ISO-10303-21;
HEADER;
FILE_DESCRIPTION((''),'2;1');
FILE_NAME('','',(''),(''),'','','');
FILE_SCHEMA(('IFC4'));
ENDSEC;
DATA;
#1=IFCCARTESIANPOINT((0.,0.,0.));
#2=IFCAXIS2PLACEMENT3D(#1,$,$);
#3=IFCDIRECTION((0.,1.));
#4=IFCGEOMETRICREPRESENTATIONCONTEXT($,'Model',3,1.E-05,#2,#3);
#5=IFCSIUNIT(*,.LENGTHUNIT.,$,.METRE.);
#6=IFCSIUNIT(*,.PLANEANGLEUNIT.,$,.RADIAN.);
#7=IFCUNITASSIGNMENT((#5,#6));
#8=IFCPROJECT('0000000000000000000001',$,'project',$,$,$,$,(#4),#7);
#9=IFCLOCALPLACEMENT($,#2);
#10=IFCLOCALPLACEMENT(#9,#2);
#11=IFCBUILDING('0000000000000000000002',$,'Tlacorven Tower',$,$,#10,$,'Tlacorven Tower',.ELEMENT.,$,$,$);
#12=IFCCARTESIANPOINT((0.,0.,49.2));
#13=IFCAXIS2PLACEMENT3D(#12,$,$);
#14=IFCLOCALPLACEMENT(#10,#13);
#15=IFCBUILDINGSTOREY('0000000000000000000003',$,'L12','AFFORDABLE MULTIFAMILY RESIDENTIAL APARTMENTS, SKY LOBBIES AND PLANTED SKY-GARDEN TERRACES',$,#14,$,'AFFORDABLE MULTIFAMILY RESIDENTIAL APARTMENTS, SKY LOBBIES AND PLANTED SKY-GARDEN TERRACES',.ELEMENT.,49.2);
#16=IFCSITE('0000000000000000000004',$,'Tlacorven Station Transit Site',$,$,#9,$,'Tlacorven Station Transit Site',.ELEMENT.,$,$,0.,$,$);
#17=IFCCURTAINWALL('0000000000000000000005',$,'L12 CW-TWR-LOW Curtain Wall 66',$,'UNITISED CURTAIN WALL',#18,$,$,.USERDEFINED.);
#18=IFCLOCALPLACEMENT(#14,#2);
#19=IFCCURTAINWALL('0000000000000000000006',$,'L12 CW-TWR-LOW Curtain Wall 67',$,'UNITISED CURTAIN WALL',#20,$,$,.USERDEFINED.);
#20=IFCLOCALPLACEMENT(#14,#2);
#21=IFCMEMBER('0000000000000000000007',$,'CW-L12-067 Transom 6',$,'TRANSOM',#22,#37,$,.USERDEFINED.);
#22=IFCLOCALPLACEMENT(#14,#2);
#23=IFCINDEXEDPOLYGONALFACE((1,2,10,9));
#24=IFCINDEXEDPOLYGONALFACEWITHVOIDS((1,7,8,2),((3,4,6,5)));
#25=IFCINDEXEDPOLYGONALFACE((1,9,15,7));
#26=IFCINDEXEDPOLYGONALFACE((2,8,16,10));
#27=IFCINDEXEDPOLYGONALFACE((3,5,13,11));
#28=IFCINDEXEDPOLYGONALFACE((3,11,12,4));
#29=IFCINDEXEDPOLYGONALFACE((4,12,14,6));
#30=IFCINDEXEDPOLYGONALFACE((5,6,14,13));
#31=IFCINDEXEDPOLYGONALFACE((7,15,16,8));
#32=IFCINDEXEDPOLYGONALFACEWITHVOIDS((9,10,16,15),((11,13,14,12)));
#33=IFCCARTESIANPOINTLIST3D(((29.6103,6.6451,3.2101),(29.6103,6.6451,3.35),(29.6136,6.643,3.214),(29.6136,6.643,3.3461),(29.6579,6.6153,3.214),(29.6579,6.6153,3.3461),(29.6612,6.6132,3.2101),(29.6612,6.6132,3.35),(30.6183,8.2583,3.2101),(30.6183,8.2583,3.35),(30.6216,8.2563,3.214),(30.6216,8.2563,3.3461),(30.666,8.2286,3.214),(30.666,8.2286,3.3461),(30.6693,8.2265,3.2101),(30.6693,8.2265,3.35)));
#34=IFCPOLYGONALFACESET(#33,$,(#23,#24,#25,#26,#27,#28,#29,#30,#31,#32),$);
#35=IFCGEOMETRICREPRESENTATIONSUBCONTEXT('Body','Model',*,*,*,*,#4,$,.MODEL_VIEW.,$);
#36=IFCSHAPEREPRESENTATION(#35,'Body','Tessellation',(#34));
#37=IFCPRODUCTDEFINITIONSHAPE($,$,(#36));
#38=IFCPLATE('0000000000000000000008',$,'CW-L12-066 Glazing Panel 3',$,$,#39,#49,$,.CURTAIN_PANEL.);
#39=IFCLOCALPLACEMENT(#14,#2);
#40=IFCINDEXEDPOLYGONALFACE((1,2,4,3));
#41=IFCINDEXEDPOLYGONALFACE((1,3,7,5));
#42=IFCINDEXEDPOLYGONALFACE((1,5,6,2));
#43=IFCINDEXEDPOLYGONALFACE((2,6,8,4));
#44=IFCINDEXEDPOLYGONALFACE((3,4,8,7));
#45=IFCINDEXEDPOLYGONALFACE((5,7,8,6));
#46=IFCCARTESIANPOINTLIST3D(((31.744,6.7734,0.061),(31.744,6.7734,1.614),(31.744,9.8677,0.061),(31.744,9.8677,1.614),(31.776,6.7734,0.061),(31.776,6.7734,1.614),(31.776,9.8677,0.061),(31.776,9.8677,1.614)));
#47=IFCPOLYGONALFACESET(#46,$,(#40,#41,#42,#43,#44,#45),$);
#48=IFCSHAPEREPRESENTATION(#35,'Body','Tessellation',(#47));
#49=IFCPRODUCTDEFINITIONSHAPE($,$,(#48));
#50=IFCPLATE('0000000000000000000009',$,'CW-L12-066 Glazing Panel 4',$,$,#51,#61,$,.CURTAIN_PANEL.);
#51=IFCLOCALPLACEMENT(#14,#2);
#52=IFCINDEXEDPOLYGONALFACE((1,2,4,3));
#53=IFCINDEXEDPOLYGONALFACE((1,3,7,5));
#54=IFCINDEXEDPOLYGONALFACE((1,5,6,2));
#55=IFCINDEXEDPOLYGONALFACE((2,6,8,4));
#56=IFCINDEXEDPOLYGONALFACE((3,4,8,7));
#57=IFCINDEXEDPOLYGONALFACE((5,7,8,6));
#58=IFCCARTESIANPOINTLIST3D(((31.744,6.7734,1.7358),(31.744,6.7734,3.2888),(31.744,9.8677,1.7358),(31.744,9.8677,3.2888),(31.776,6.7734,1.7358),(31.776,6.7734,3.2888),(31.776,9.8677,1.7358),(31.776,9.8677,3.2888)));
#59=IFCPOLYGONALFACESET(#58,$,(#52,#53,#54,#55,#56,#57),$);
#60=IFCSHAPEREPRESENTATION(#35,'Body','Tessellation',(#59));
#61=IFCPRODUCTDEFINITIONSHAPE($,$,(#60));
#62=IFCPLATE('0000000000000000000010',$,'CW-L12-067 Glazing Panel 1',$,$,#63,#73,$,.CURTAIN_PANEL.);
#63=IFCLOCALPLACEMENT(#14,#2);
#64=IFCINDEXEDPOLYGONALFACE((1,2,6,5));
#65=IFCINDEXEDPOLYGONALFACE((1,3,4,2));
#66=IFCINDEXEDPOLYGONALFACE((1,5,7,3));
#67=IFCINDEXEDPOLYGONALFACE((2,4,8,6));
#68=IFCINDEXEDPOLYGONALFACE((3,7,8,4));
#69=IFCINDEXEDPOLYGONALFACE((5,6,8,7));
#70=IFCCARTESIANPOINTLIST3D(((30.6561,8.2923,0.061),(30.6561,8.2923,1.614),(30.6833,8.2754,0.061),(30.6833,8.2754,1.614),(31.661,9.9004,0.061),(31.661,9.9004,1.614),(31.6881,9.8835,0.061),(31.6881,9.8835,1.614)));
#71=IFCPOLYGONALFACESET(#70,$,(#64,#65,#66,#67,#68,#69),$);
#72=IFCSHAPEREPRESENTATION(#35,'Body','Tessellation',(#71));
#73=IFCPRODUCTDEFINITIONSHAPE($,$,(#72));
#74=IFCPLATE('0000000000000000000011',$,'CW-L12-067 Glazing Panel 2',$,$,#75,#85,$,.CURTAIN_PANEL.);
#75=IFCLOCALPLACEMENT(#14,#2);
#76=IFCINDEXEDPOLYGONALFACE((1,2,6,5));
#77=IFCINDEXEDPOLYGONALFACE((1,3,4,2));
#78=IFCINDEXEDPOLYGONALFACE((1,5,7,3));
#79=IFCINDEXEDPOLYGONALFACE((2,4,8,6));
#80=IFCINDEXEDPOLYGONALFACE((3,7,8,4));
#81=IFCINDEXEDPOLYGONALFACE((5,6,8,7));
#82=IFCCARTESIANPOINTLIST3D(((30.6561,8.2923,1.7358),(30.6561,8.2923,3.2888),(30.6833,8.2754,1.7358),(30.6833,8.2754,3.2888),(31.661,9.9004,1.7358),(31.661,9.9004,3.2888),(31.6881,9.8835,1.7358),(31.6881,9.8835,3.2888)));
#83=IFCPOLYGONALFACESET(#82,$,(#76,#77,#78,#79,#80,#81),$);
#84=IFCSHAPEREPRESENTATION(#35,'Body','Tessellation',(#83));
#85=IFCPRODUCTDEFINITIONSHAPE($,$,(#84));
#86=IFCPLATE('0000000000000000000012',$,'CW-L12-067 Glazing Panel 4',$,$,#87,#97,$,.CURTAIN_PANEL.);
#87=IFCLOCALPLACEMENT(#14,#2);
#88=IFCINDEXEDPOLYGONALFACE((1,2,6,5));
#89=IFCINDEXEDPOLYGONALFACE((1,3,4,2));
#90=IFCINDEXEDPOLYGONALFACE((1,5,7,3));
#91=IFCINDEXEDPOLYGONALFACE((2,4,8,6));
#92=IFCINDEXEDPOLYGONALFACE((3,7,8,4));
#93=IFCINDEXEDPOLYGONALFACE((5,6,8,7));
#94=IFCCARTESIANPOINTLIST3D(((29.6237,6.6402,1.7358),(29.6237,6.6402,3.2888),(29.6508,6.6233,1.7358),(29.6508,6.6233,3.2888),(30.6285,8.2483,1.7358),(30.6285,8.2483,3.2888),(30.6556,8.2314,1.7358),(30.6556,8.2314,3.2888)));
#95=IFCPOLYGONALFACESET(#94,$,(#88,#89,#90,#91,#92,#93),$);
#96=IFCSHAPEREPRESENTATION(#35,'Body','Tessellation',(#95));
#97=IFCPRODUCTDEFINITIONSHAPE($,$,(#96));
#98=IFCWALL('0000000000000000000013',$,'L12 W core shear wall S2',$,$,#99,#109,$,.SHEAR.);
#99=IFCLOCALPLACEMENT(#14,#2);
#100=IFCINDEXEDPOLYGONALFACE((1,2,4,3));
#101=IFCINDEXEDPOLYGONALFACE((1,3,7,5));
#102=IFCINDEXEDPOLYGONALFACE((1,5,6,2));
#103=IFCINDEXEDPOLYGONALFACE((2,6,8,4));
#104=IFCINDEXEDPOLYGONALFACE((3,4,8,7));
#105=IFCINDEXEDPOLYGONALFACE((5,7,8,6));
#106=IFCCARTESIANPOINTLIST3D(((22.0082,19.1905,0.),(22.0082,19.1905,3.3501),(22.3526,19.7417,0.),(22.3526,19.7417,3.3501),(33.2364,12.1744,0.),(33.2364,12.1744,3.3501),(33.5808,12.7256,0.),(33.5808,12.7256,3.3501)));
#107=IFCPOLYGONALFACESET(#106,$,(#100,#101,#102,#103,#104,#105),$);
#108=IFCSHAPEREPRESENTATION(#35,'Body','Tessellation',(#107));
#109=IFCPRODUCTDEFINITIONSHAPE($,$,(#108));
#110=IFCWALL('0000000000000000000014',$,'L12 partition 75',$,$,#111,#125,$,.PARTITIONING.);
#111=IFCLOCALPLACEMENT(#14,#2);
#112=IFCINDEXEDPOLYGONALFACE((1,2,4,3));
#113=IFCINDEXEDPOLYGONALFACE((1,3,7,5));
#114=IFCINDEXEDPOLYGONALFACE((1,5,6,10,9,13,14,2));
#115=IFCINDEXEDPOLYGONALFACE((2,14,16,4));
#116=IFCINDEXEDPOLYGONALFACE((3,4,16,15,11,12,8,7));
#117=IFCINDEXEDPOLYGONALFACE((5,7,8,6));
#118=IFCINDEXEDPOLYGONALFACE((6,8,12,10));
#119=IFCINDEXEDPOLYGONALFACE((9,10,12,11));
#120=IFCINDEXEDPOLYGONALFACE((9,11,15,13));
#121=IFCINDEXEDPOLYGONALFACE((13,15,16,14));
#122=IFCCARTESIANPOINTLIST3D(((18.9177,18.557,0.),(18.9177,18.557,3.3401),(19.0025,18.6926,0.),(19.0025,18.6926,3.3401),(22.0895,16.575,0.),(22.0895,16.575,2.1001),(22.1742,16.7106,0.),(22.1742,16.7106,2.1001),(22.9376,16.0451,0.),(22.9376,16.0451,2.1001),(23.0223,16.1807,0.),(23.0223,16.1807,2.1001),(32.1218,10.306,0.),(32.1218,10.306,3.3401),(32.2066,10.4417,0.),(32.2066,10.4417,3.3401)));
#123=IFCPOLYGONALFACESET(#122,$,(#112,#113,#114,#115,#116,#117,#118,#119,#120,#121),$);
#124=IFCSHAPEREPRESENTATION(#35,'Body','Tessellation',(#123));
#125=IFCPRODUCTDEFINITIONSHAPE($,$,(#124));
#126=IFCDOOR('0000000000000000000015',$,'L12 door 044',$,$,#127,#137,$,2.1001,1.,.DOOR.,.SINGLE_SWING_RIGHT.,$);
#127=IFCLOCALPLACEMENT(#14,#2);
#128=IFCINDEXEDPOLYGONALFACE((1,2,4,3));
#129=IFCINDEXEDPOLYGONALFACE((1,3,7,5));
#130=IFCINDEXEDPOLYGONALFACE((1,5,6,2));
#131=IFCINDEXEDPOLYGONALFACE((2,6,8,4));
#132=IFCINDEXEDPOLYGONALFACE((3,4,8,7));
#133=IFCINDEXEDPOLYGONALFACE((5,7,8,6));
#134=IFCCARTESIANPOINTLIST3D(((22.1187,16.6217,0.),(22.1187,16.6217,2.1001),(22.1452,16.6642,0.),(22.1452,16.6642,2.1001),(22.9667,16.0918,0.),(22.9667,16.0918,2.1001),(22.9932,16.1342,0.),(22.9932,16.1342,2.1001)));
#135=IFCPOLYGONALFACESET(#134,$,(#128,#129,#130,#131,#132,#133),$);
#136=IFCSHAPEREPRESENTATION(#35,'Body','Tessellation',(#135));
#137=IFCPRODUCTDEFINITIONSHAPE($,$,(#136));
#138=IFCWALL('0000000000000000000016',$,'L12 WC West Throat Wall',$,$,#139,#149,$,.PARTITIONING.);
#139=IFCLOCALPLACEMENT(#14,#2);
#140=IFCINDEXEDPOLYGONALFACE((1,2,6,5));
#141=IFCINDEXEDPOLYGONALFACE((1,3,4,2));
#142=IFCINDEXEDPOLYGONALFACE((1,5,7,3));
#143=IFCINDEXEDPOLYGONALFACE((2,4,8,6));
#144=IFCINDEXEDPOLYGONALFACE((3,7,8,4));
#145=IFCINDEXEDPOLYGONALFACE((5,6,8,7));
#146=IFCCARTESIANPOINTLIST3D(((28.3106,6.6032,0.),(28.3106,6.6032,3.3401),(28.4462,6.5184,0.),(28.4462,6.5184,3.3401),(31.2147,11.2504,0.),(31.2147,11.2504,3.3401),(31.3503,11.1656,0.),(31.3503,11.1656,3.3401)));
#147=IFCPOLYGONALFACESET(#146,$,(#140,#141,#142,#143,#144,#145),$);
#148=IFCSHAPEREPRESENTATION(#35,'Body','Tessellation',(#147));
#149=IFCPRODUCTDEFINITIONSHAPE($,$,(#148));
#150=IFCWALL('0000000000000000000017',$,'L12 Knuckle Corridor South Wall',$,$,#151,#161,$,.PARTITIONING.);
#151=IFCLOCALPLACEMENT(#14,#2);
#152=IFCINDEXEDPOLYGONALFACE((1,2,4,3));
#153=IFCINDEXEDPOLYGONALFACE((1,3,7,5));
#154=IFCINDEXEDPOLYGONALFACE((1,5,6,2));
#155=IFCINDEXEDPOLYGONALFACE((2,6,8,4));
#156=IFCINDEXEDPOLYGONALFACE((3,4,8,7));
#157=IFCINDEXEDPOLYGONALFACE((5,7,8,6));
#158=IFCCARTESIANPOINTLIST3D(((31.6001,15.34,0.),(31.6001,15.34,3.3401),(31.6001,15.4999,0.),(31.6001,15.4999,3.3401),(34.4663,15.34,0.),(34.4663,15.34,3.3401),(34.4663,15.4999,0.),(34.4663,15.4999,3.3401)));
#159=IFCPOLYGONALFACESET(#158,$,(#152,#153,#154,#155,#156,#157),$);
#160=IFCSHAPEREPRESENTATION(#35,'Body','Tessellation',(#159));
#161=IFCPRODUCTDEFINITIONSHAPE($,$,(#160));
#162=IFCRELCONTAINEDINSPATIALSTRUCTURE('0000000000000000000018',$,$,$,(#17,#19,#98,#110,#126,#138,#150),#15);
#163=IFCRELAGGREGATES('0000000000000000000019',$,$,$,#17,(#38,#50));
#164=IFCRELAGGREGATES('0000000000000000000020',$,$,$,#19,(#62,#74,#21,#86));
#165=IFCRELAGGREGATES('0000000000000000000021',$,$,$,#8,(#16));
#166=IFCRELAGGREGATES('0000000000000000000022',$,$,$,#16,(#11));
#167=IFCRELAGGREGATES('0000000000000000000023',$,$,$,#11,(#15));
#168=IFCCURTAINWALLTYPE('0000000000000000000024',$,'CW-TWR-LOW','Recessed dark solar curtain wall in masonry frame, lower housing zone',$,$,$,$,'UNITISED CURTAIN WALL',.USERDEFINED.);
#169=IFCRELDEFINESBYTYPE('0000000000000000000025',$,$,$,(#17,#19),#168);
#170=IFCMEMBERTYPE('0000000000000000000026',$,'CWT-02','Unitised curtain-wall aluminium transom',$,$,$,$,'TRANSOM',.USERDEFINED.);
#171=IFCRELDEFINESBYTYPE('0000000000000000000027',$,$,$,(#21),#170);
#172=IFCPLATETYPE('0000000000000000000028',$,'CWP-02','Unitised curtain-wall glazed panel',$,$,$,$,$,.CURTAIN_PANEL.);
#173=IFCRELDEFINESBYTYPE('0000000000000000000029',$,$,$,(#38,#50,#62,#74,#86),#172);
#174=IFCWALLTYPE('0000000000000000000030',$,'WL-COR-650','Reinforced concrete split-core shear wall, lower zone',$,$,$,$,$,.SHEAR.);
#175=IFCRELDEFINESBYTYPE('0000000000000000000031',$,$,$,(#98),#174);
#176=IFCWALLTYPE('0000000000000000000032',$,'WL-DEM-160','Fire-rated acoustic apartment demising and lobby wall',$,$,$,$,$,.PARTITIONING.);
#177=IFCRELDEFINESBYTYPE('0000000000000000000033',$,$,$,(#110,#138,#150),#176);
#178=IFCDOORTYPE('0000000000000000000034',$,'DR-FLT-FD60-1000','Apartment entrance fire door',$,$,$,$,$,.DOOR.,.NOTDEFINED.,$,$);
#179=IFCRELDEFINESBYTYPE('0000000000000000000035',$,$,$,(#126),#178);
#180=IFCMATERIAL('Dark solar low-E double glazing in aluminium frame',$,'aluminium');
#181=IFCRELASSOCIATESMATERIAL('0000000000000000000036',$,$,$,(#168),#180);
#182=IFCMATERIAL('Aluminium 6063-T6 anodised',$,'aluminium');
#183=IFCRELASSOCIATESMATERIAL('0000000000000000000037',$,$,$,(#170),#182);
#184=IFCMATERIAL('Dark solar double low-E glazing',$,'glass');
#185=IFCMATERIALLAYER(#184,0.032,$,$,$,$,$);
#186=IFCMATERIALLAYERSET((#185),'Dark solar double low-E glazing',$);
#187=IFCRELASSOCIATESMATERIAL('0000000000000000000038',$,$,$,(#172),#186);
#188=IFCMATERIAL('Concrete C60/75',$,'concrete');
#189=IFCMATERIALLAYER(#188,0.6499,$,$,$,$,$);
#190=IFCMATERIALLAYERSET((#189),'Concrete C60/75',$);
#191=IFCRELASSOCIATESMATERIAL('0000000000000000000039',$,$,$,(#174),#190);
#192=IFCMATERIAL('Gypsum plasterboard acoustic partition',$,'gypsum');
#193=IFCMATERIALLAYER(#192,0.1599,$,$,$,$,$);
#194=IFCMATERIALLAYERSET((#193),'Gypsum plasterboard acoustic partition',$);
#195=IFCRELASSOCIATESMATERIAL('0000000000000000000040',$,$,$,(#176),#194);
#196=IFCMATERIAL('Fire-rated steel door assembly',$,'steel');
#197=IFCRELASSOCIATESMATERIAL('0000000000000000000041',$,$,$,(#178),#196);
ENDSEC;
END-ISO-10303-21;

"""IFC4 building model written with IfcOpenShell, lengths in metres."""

from ifc_helpers import new_model, si_unit, direction, frame, frame_2d, origin, origin_2d, place, context, subcontext, project, spatial, rectangle, hollow_rectangle, extrude, source, transform, mapped, material, layer, layer_set, material_profile, profile_set, type_object, element, fill, aggregate, save


model = new_model("IFC4")

# Units and contexts
model_context = context("Model", 3, precision=1e-05, world=origin(), true_north=direction((0.0, 1.0)))
body_context = subcontext(model_context, "Body", "Model", "MODEL_VIEW")
ifc_project = project(units=[si_unit("LENGTHUNIT", "METRE"), si_unit("PLANEANGLEUNIT", "RADIAN")], contexts=[model_context])

# Site, building, storey
site_placement = place(None, origin())
site = spatial("IfcSite", under=ifc_project, at=site_placement, Name="Tlacorven Station Transit Site", LongName="Tlacorven Station Transit Site", CompositionType="ELEMENT", RefElevation=0.0)
building_placement = place(site_placement, origin())
building = spatial("IfcBuilding", under=site, at=building_placement, Name="Tlacorven Tower", LongName="Tlacorven Tower", CompositionType="ELEMENT")
storey_placement = place(building_placement, frame((0.0, 0.0, 49.2)))
storey = spatial("IfcBuildingStorey", under=building, at=storey_placement, Name="L12", Description="AFFORDABLE MULTIFAMILY RESIDENTIAL APARTMENTS, SKY LOBBIES AND PLANTED SKY-GARDEN TERRACES", LongName="AFFORDABLE MULTIFAMILY RESIDENTIAL APARTMENTS, SKY LOBBIES AND PLANTED SKY-GARDEN TERRACES", CompositionType="ELEMENT", Elevation=49.2)

# Curtain wall
ifc_material_1 = material(Name="Dark solar low-E double glazing in aluminium frame", Category="aluminium")
curtain_wall_type = type_object("IfcCurtainWallType", Name="CW-TWR-LOW", Description="Recessed dark solar curtain wall in masonry frame, lower housing zone", ElementType="UNITISED CURTAIN WALL", PredefinedType="USERDEFINED", material=ifc_material_1)
curtain_wall_1_placement = place(storey_placement, origin())
curtain_wall_1 = element("IfcCurtainWall", 1, at=curtain_wall_1_placement, inside=storey, type_object=curtain_wall_type, Name="L12 CW-TWR-LOW Curtain Wall 66", ObjectType="UNITISED CURTAIN WALL", PredefinedType="USERDEFINED")
ifc_material_2 = material(Name="Aluminium 6063-T6 anodised", Category="aluminium")

# Curtain wall, member
curtain_wall_2_placement = place(storey_placement, origin())
curtain_wall_2 = element("IfcCurtainWall", 2, at=curtain_wall_2_placement, inside=storey, type_object=curtain_wall_type, Name="L12 CW-TWR-LOW Curtain Wall 67", ObjectType="UNITISED CURTAIN WALL", PredefinedType="USERDEFINED")
ifc_material_profile_1 = material_profile(ifc_material_2, hollow_rectangle(XDim=0.0601, YDim=0.1399, WallThickness=0.0039, at=origin_2d()), Name="ALU TRANSOM 60X140")
ifc_profile_set_1 = profile_set([ifc_material_profile_1], Name="Aluminium 6063-T6 anodised")
member_type_1 = type_object("IfcMemberType", Name="CWT-02", Description="Unitised curtain-wall aluminium transom", ElementType="TRANSOM", PredefinedType="USERDEFINED", material=ifc_profile_set_1)
shared_shape_1 = source(origin(), body_context, "Body", "SweptSolid", [
    extrude(hollow_rectangle(XDim=0.0601, YDim=0.1399, WallThickness=0.0039, at=origin_2d()), origin(), (0.0, 0.0, 1.0), 1.9023),
])
member_1_placement = place(storey_placement, frame((30.6438, 8.2424, 3.28), z_axis=(-0.529907, -0.848056, 0.0), x_axis=(0.848056, -0.529907, 0.0)))
member_1 = element("IfcMember", 3, at=member_1_placement, type_object=member_type_1, Name="CW-L12-067 Transom 6", ObjectType="TRANSOM", PredefinedType="USERDEFINED", context=body_context, shape_type="MappedRepresentation", body=[
    mapped(shared_shape_1, transform((0.0, 0.0, 0.0), scale=1.0)),
])

# Plates
ifc_material_3 = material(Name="Dark solar double low-E glazing", Category="glass")
ifc_layer_1 = layer(ifc_material_3, 0.032)
ifc_layer_set_1 = layer_set([ifc_layer_1], Name="Dark solar double low-E glazing")
plate_type = type_object("IfcPlateType", Name="CWP-02", Description="Unitised curtain-wall glazed panel", PredefinedType="CURTAIN_PANEL", material=ifc_layer_set_1)
shared_shape_2 = source(origin(), body_context, "Body", "SweptSolid", [
    extrude(rectangle(XDim=3.0942, YDim=0.032, at=origin_2d()), origin(), (0.0, 0.0, 1.0), 1.553),
])
plate_1_placement = place(storey_placement, frame((31.76, 8.3206, 0.061), z_axis=(0.0, 0.0, 1.0), x_axis=(0.0, 1.0, 0.0)))
plate_1 = element("IfcPlate", 4, at=plate_1_placement, type_object=plate_type, Name="CW-L12-066 Glazing Panel 3", PredefinedType="CURTAIN_PANEL", context=body_context, shape_type="MappedRepresentation", body=[
    mapped(shared_shape_2, transform((0.0, 0.0, 0.0), scale=1.0)),
])
plate_2_placement = place(storey_placement, frame((31.76, 8.3206, 1.7358), z_axis=(0.0, 0.0, 1.0), x_axis=(0.0, 1.0, 0.0)))
plate_2 = element("IfcPlate", 5, at=plate_2_placement, type_object=plate_type, Name="CW-L12-066 Glazing Panel 4", PredefinedType="CURTAIN_PANEL", context=body_context, shape_type="MappedRepresentation", body=[
    mapped(shared_shape_2, transform((0.0, 0.0, 0.0), scale=1.0)),
])
aggregate(curtain_wall_1, [plate_1, plate_2])
shared_shape_3 = source(origin(), body_context, "Body", "SweptSolid", [
    extrude(rectangle(XDim=1.8962, YDim=0.032, at=origin_2d()), origin(), (0.0, 0.0, 1.0), 1.553),
])
plate_3_placement = place(storey_placement, frame((31.1721, 9.0879, 0.061), z_axis=(0.0, 0.0, 1.0), x_axis=(-0.529919, -0.848048, 0.0)))
plate_3 = element("IfcPlate", 6, at=plate_3_placement, type_object=plate_type, Name="CW-L12-067 Glazing Panel 1", PredefinedType="CURTAIN_PANEL", context=body_context, shape_type="MappedRepresentation", body=[
    mapped(shared_shape_3, transform((0.0, 0.0, 0.0), scale=1.0)),
])
plate_4_placement = place(storey_placement, frame((31.1721, 9.0879, 1.7358), z_axis=(0.0, 0.0, 1.0), x_axis=(-0.529919, -0.848048, 0.0)))
plate_4 = element("IfcPlate", 7, at=plate_4_placement, type_object=plate_type, Name="CW-L12-067 Glazing Panel 2", PredefinedType="CURTAIN_PANEL", context=body_context, shape_type="MappedRepresentation", body=[
    mapped(shared_shape_3, transform((0.0, 0.0, 0.0), scale=1.0)),
])
plate_5_placement = place(storey_placement, frame((30.1396, 7.4358, 1.7358), z_axis=(0.0, 0.0, 1.0), x_axis=(-0.529919, -0.848048, 0.0)))
plate_5 = element("IfcPlate", 8, at=plate_5_placement, type_object=plate_type, Name="CW-L12-067 Glazing Panel 4", PredefinedType="CURTAIN_PANEL", context=body_context, shape_type="MappedRepresentation", body=[
    mapped(shared_shape_3, transform((0.0, 0.0, 0.0), scale=1.0)),
])
aggregate(curtain_wall_2, [plate_3, plate_4, member_1, plate_5])

# Wall
ifc_material_4 = material(Name="Concrete C60/75", Category="concrete")
ifc_layer_2 = layer(ifc_material_4, 0.6499)
ifc_layer_set_2 = layer_set([ifc_layer_2], Name="Concrete C60/75")
wall_type_1 = type_object("IfcWallType", Name="WL-COR-650", Description="Reinforced concrete split-core shear wall, lower zone", PredefinedType="SHEAR", material=ifc_layer_set_2)
wall_1_placement = place(storey_placement, frame((33.4087, 12.45, 0.0), z_axis=(0.0, 0.0, 1.0), x_axis=(-0.848051, 0.529914, 0.0)))
element("IfcWall", 9, at=wall_1_placement, inside=storey, type_object=wall_type_1, Name="L12 W core shear wall S2", PredefinedType="SHEAR", context=body_context, shape_type="SweptSolid", body=[
    extrude(rectangle(XDim=13.24, YDim=0.6499, at=frame_2d((6.6201, 0.0))), origin(), (0.0, 0.0, 1.0), 3.3501),
])

# Wall, opening, door
ifc_material_5 = material(Name="Gypsum plasterboard acoustic partition", Category="gypsum")
ifc_layer_3 = layer(ifc_material_5, 0.1599)
ifc_layer_set_3 = layer_set([ifc_layer_3], Name="Gypsum plasterboard acoustic partition")
wall_type_2 = type_object("IfcWallType", Name="WL-DEM-160", Description="Fire-rated acoustic apartment demising and lobby wall", PredefinedType="PARTITIONING", material=ifc_layer_set_3)
wall_2_placement = place(storey_placement, frame((32.1643, 10.3738, 0.0), z_axis=(0.0, 0.0, 1.0), x_axis=(-0.848044, 0.529926, 0.0)))
wall_2 = element("IfcWall", 10, at=wall_2_placement, inside=storey, type_object=wall_type_2, Name="L12 partition 75", PredefinedType="PARTITIONING", context=body_context, shape_type="SweptSolid", body=[
    extrude(rectangle(XDim=15.5701, YDim=0.1599, at=frame_2d((7.7852, 0.0))), origin(), (0.0, 0.0, 1.0), 3.3401),
])
opening_1_placement = place(wall_2_placement, frame((10.8301, 0.0, 0.0)))
opening_1 = element("IfcOpeningElement", 11, at=opening_1_placement, cuts=wall_2, PredefinedType="OPENING", context=body_context, shape_type="SweptSolid", body=[
    extrude(rectangle(XDim=1.0, YDim=2.1001, at=frame_2d((0.5, 1.05))), frame((0.0, 0.0898, 0.0), z_axis=(0.0, -1.0, 0.0), x_axis=(1.0, 0.0, 0.0)), (0.0, 0.0, 1.0), 0.1799),
])
ifc_material_6 = material(Name="Fire-rated steel door assembly", Category="steel")
door_type_1 = type_object("IfcDoorType", Name="DR-FLT-FD60-1000", Description="Apartment entrance fire door", OperationType="NOTDEFINED", PredefinedType="DOOR", material=ifc_material_6)
shared_shape_4 = source(origin(), body_context, "Body", "SweptSolid", [
    extrude(rectangle(XDim=1.0, YDim=2.1001, at=frame_2d((0.5, 1.05))), frame((0.0, 0.0249, 0.0), z_axis=(0.0, -1.0, 0.0), x_axis=(1.0, 0.0, 0.0)), (0.0, 0.0, 1.0), 0.05),
])
door_1_placement = place(opening_1_placement, origin())
door_1 = element("IfcDoor", 12, at=door_1_placement, inside=storey, type_object=door_type_1, Name="L12 door 044", OperationType="SINGLE_SWING_RIGHT", OverallHeight=2.1001, OverallWidth=1.0, PredefinedType="DOOR", context=body_context, shape_type="MappedRepresentation", body=[
    mapped(shared_shape_4, transform((0.0, 0.0, 0.0), scale=1.0)),
])
fill(opening_1, door_1)

# Walls
wall_3_placement = place(storey_placement, frame((31.2825, 11.208, 0.0), z_axis=(0.0, 0.0, 1.0), x_axis=(-0.529939, -0.848036, 0.0)))
element("IfcWall", 13, at=wall_3_placement, inside=storey, type_object=wall_type_2, Name="L12 WC West Throat Wall", PredefinedType="PARTITIONING", context=body_context, shape_type="SweptSolid", body=[
    extrude(rectangle(XDim=5.48, YDim=0.1599, at=frame_2d((2.74, 0.0))), origin(), (0.0, 0.0, 1.0), 3.3401),
])
wall_4_placement = place(storey_placement, frame((31.6001, 15.4199, 0.0), z_axis=(0.0, 0.0, 1.0), x_axis=(1.0, 0.0, 0.0)))
element("IfcWall", 14, at=wall_4_placement, inside=storey, type_object=wall_type_2, Name="L12 Knuckle Corridor South Wall", PredefinedType="PARTITIONING", context=body_context, shape_type="SweptSolid", body=[
    extrude(rectangle(XDim=2.8662, YDim=0.1599, at=frame_2d((1.4331, 0.0))), origin(), (0.0, 0.0, 1.0), 3.3401),
])

save(model, "model.ifc")
